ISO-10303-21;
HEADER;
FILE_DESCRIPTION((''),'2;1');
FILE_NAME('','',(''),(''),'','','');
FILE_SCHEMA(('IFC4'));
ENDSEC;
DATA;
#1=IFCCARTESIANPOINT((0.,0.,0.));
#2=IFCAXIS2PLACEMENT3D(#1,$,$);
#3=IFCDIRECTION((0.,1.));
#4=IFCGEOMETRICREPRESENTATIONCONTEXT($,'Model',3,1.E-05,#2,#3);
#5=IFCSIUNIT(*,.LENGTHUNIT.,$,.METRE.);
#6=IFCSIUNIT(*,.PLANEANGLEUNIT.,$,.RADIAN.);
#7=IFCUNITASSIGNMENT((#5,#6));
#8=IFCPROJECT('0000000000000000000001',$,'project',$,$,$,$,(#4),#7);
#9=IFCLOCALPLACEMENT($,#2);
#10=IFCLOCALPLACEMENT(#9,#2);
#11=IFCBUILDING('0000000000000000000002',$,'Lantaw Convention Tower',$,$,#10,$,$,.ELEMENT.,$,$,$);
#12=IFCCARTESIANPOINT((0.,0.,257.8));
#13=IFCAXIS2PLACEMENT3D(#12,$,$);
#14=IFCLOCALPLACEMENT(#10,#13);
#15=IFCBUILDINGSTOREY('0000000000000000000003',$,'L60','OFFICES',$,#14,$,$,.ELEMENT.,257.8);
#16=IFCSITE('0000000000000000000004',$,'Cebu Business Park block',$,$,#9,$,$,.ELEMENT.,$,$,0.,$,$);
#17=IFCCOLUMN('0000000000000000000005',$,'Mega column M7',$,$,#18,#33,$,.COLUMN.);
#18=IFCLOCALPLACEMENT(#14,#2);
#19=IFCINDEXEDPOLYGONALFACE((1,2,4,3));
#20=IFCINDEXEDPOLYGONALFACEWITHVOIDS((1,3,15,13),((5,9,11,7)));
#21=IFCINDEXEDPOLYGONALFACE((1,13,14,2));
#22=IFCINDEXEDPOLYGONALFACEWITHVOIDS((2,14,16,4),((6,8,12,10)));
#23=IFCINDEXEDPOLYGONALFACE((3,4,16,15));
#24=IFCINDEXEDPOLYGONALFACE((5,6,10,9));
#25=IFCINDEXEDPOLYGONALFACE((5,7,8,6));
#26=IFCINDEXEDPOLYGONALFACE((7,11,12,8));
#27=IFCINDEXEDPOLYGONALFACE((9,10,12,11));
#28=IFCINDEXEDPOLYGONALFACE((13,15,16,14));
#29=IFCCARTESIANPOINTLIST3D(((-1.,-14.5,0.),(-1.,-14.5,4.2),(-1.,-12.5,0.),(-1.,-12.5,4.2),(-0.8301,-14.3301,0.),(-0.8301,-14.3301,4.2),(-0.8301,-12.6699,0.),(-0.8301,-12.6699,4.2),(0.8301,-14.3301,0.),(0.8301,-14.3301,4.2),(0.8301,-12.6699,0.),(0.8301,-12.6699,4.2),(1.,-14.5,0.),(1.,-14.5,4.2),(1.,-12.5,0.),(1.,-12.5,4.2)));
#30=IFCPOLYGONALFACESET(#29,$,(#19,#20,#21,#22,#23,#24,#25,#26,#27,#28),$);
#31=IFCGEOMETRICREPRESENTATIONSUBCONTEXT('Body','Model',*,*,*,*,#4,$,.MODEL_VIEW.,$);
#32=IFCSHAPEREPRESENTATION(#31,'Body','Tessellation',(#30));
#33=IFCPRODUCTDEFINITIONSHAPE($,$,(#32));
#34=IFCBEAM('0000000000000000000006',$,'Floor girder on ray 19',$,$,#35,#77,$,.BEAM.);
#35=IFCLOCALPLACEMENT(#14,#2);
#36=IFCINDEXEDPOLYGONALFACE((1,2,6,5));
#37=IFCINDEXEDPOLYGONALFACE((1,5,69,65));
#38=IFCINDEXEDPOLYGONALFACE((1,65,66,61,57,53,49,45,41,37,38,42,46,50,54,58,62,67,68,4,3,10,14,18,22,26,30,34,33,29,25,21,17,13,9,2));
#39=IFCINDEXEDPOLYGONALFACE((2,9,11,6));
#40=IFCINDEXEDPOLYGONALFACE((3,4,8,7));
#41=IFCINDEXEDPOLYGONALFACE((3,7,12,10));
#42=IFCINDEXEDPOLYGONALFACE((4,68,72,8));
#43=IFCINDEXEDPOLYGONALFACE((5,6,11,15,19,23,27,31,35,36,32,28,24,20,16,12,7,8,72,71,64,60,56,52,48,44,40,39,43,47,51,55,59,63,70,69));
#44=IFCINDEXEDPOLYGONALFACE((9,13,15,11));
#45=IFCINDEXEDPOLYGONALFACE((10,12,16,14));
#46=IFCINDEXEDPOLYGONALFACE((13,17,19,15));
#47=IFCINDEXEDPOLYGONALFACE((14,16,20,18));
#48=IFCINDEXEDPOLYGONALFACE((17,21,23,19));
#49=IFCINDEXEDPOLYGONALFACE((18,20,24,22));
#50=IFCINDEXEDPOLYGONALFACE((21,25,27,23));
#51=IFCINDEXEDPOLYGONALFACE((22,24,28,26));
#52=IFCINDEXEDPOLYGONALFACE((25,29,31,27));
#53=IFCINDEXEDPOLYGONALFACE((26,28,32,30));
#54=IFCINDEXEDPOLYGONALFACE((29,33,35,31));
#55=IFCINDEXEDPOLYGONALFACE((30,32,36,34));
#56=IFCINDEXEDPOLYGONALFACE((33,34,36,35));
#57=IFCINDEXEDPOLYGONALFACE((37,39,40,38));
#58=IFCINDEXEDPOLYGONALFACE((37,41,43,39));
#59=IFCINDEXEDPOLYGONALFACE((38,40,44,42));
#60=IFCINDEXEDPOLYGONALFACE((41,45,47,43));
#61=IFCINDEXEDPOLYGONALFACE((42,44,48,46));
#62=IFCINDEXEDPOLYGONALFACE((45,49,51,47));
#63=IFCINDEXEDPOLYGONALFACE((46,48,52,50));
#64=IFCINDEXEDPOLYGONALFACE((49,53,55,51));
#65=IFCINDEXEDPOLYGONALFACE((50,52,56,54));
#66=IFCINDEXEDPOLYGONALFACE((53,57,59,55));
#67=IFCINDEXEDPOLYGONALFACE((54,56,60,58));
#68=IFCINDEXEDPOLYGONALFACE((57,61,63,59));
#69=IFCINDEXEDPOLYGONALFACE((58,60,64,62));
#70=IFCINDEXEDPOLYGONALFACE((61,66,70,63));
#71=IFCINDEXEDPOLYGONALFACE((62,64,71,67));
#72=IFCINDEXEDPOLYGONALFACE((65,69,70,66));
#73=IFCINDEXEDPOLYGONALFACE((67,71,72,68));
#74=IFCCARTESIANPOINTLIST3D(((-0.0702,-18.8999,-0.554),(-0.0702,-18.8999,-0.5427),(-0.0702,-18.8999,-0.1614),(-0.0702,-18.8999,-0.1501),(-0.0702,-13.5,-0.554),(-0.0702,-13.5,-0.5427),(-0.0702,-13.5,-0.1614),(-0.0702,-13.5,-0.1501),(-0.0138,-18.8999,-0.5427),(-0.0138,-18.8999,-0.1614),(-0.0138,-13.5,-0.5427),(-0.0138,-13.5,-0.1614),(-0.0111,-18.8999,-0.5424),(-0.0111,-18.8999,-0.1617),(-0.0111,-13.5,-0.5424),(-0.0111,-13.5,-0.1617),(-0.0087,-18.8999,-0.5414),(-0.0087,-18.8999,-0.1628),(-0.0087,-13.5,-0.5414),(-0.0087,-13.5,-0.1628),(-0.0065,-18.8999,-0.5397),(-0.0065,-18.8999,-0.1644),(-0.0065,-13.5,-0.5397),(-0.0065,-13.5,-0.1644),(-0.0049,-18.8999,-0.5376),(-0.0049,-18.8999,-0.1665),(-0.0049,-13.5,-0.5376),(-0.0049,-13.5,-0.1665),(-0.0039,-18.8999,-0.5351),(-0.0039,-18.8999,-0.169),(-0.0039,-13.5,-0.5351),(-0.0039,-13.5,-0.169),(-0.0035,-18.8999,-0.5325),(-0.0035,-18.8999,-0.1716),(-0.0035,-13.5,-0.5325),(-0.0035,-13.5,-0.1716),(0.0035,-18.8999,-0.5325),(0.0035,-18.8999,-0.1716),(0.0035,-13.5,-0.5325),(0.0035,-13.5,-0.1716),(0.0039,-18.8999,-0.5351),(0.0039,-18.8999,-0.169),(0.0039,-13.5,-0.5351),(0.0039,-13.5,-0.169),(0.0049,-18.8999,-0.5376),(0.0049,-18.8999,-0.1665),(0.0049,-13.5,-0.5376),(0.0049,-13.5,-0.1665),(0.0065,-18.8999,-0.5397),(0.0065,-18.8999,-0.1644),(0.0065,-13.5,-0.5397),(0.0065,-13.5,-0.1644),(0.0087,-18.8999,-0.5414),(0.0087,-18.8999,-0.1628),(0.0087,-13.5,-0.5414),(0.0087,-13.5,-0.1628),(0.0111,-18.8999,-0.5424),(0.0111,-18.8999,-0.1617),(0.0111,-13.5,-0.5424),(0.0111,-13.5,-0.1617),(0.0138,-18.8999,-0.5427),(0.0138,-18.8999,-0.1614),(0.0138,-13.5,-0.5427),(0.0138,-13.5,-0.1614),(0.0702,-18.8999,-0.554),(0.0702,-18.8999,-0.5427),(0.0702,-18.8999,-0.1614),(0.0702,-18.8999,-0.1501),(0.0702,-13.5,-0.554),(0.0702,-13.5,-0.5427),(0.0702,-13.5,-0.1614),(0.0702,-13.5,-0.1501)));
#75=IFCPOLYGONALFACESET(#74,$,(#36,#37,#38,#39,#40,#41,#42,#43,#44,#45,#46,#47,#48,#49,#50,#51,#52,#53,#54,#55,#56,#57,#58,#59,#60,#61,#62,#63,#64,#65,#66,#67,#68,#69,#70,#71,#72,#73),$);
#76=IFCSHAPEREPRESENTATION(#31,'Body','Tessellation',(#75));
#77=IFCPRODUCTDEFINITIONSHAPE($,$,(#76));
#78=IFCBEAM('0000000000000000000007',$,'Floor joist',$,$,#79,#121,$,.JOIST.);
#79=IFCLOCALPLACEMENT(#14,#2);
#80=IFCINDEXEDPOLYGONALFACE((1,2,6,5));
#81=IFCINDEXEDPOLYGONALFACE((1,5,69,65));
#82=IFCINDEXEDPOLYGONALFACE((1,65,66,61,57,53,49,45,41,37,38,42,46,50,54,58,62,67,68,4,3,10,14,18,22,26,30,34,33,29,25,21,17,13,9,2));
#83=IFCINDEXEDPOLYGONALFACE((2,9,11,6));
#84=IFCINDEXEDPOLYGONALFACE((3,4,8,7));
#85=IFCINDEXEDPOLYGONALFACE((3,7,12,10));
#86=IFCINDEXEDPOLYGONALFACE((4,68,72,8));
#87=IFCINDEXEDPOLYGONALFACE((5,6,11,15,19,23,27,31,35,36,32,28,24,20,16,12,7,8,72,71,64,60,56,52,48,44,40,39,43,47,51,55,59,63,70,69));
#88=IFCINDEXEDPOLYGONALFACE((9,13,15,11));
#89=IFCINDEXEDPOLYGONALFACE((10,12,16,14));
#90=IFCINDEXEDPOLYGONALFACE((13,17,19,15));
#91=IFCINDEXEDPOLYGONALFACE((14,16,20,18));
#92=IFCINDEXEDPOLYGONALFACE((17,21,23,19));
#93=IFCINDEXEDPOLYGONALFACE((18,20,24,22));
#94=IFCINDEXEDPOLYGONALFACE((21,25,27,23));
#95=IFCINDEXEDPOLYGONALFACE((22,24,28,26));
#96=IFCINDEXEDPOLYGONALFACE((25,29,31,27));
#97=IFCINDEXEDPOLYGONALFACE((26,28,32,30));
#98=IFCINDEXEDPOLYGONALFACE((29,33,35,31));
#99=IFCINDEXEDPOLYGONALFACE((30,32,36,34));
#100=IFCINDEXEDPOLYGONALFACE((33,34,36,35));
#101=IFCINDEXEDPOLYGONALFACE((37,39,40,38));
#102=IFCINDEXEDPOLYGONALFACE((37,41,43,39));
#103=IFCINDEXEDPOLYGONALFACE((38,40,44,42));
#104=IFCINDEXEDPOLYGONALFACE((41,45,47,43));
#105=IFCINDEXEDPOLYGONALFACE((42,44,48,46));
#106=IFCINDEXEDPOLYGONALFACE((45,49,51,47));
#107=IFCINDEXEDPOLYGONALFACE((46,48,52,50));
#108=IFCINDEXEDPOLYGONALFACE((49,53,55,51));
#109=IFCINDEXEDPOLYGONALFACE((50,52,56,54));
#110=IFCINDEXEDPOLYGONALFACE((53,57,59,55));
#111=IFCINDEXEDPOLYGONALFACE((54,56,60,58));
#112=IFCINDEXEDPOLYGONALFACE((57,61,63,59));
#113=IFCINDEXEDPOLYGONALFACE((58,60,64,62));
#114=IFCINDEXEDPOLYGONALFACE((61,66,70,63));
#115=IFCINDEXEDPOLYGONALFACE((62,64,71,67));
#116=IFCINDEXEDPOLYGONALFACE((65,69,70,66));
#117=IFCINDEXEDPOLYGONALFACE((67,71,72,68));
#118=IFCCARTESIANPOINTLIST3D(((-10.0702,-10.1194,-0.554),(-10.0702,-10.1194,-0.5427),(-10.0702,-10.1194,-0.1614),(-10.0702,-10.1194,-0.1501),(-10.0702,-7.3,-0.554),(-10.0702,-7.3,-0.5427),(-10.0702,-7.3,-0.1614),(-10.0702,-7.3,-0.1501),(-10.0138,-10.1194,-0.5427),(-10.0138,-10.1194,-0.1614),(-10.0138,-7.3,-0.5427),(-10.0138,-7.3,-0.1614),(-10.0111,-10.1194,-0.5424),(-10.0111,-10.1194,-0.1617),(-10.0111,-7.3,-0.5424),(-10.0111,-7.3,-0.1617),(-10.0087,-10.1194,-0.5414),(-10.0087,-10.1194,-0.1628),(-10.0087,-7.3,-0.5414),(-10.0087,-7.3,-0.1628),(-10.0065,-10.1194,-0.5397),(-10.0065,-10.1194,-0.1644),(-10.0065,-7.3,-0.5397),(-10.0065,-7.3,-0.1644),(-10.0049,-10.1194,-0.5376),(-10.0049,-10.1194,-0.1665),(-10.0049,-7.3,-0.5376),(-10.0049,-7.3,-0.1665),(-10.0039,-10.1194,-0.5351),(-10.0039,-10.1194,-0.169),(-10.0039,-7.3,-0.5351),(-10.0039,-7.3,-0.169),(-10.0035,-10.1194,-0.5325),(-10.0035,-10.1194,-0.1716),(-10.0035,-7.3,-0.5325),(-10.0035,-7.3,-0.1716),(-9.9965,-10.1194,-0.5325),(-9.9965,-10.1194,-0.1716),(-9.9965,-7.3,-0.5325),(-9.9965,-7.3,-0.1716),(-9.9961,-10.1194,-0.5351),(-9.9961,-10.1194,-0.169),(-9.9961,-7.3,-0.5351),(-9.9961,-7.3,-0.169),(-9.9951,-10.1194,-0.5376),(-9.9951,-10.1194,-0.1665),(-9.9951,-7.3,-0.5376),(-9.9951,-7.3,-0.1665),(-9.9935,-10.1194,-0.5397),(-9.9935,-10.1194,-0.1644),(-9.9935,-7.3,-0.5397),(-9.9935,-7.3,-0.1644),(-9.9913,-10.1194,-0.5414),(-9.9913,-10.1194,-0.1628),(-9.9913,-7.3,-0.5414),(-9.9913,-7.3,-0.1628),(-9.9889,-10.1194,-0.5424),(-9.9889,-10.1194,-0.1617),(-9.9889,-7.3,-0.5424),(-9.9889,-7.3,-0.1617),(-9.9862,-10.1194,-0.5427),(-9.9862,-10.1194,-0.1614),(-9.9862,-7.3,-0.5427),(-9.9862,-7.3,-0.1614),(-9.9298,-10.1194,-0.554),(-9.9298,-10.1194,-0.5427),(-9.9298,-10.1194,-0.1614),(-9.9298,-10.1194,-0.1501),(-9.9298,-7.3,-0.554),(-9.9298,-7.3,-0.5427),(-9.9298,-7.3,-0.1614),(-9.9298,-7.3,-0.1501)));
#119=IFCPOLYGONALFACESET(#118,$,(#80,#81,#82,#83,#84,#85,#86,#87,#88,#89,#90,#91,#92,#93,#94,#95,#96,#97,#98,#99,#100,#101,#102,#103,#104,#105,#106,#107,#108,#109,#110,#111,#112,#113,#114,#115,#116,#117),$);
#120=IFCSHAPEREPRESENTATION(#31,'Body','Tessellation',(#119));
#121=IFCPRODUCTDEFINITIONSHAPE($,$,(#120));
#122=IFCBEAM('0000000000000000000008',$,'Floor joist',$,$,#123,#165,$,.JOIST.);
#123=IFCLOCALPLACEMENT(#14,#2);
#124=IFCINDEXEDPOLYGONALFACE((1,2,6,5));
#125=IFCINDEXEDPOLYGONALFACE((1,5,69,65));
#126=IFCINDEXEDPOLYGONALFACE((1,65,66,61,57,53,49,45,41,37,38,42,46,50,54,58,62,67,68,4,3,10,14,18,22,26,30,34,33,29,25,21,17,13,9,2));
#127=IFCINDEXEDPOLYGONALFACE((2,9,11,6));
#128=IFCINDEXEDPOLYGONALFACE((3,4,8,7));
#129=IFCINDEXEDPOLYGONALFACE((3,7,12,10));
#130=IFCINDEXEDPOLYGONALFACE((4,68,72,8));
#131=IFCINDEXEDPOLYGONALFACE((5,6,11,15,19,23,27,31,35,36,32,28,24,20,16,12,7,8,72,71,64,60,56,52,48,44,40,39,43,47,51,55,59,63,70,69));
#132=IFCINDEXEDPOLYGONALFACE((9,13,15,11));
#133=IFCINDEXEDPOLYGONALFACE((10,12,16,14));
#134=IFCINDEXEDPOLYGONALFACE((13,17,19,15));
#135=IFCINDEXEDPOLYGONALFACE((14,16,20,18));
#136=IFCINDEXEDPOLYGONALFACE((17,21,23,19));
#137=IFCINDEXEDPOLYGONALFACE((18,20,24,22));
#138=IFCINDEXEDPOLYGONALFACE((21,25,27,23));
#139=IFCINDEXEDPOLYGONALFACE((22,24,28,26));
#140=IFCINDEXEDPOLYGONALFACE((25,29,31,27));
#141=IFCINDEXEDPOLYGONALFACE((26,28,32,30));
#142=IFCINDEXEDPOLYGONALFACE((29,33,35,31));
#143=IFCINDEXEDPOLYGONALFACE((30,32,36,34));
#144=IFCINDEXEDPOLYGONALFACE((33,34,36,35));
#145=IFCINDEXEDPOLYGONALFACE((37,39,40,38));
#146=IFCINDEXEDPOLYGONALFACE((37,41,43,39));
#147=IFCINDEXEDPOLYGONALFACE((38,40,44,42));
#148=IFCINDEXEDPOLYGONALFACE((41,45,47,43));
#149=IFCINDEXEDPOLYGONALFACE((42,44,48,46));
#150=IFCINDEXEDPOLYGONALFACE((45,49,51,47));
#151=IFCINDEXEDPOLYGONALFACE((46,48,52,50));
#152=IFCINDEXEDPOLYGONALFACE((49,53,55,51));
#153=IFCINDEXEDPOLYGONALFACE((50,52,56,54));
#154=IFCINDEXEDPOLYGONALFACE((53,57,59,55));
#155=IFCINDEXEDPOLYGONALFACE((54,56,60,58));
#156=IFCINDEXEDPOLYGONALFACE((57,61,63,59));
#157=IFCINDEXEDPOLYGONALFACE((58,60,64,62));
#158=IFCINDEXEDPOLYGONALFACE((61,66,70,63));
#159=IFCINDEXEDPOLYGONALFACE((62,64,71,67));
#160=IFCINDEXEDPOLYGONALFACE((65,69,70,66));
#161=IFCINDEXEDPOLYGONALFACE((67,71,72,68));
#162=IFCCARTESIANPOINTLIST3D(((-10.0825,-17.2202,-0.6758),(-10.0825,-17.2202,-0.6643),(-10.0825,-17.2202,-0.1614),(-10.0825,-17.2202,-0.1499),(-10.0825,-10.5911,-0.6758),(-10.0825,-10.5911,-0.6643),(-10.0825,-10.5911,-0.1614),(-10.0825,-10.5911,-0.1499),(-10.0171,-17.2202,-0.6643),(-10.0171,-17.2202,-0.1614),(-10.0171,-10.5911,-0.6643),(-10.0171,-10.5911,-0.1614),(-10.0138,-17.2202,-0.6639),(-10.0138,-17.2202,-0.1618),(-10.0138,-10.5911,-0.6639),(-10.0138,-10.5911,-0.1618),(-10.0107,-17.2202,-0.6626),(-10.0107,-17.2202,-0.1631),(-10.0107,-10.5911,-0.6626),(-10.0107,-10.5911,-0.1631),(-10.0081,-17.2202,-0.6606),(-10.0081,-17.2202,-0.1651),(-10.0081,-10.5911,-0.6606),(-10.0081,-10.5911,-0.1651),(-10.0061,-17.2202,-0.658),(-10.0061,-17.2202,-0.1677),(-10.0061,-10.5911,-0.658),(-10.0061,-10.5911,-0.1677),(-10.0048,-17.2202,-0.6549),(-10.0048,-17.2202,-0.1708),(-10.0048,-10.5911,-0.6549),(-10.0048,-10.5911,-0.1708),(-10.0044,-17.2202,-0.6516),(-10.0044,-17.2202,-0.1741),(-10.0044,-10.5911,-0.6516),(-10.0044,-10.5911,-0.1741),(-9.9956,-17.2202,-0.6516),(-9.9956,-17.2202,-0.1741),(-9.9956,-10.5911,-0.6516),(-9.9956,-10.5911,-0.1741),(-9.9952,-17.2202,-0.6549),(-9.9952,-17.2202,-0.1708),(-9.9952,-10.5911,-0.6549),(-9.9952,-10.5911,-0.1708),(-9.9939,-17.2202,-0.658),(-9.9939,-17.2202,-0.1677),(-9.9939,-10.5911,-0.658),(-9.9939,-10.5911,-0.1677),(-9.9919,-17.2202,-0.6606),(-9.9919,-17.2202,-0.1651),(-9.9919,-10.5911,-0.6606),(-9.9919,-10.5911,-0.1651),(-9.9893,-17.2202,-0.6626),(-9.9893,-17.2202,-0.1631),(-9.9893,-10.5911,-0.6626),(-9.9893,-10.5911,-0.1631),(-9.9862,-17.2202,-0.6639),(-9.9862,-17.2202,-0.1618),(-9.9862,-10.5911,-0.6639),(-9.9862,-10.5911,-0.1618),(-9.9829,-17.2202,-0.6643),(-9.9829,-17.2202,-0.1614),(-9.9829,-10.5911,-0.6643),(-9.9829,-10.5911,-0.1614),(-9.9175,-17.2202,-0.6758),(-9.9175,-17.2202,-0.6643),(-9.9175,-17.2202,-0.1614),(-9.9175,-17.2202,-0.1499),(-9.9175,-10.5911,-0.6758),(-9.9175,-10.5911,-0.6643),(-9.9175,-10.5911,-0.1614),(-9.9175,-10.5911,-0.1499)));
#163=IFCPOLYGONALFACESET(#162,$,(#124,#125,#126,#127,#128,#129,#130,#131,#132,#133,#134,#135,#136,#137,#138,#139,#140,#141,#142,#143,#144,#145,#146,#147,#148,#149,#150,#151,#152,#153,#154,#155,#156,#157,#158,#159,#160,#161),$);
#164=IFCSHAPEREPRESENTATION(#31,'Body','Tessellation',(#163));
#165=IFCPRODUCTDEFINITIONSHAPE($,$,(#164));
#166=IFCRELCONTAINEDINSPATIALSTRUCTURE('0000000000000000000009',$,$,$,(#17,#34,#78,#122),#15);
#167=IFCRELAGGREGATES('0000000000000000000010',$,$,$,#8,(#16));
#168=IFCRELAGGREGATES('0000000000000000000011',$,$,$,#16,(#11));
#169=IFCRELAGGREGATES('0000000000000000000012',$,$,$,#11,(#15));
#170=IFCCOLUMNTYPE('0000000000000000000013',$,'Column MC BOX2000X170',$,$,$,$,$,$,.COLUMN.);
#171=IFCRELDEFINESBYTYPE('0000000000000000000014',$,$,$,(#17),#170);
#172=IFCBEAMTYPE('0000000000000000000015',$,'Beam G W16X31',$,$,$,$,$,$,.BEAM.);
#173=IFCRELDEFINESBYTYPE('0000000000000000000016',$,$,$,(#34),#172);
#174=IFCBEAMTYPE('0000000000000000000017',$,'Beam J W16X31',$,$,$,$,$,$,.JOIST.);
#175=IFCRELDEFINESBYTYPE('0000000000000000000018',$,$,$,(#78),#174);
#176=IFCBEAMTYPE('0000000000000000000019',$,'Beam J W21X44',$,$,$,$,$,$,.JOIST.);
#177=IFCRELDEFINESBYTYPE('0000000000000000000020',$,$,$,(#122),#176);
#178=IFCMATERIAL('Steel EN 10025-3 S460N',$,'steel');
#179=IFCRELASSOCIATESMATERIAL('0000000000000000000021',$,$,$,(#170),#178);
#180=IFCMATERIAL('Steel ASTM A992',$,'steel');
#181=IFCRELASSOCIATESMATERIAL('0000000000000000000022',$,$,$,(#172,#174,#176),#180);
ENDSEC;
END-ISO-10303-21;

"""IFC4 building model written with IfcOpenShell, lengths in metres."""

from ifc_helpers import new_model, si_unit, direction, frame, origin, origin_2d, place, context, subcontext, project, spatial, rectangle, hollow_rectangle, i_section, extrude, material, material_profile, profile_set, type_object, element, save


model = new_model("IFC4")

# Units and contexts
model_context = context("Model", 3, precision=1e-05, world=origin(), true_north=direction((0.0, 1.0)))
body_context = subcontext(model_context, "Body", "Model", "MODEL_VIEW")
ifc_project = project(units=[si_unit("LENGTHUNIT", "METRE"), si_unit("PLANEANGLEUNIT", "RADIAN")], contexts=[model_context])

# Site, building, storey
site_placement = place(None, origin())
site = spatial("IfcSite", under=ifc_project, at=site_placement, Name="Cebu Business Park block", CompositionType="ELEMENT", RefElevation=0.0)
building_placement = place(site_placement, origin())
building = spatial("IfcBuilding", under=site, at=building_placement, Name="Lantaw Convention Tower", CompositionType="ELEMENT")
storey_placement = place(building_placement, frame((0.0, 0.0, 257.8)))
storey = spatial("IfcBuildingStorey", under=building, at=storey_placement, Name="L60", Description="OFFICES", CompositionType="ELEMENT", Elevation=257.8)

# Column
ifc_material_1 = material(Name="Steel EN 10025-3 S460N", Category="steel")
ifc_material_profile_1 = material_profile(ifc_material_1, hollow_rectangle(XDim=2.0, YDim=2.0, WallThickness=0.1699, at=origin_2d()), Name="BOX2000X170")
ifc_material_2 = material(Name="Concrete C60/75", Category="concrete")
ifc_material_profile_2 = material_profile(ifc_material_2, rectangle(XDim=1.6599, YDim=1.6599, at=origin_2d()), Name="Concrete fill of BOX2000X170")
ifc_profile_set_1 = profile_set([ifc_material_profile_1, ifc_material_profile_2], Name="Steel EN 10025-3 S460N")
column_type = type_object("IfcColumnType", Name="Column MC BOX2000X170", PredefinedType="COLUMN", material=ifc_profile_set_1)
column_placement = place(storey_placement, frame((0.0, -13.5, 0.0), z_axis=(0.0, 0.0, 1.0), x_axis=(1.0, 0.0, 0.0)))
element("IfcColumn", 1, at=column_placement, inside=storey, type_object=column_type, Name="Mega column M7", PredefinedType="COLUMN", context=body_context, shape_type="SweptSolid", body=[
    extrude(hollow_rectangle(XDim=2.0, YDim=2.0, WallThickness=0.1699, at=origin_2d()), origin(), (0.0, 0.0, 1.0), 4.2),
])

# Beams
ifc_material_3 = material(Name="Steel ASTM A992", Category="steel")
ifc_material_profile_3 = material_profile(ifc_material_3, i_section(OverallWidth=0.1404, OverallDepth=0.4038, WebThickness=0.0071, FlangeThickness=0.0112, FilletRadius=0.0103, at=origin_2d()), Name="W16X31")
ifc_profile_set_2 = profile_set([ifc_material_profile_3], Name="Steel ASTM A992")
beam_type_1 = type_object("IfcBeamType", Name="Beam G W16X31", PredefinedType="BEAM", material=ifc_profile_set_2)
beam_1_placement = place(storey_placement, frame((0.0, -13.5, -0.3521), z_axis=(0.0, -1.0, 0.0), x_axis=(1.0, 0.0, 0.0)))
element("IfcBeam", 2, at=beam_1_placement, inside=storey, type_object=beam_type_1, Name="Floor girder on ray 19", PredefinedType="BEAM", context=body_context, shape_type="SweptSolid", body=[
    extrude(i_section(OverallWidth=0.1404, OverallDepth=0.4038, WebThickness=0.0071, FlangeThickness=0.0112, FilletRadius=0.0103, at=origin_2d()), origin(), (0.0, 0.0, 1.0), 5.3999),
])
ifc_material_profile_4 = material_profile(ifc_material_3, i_section(OverallWidth=0.1404, OverallDepth=0.4038, WebThickness=0.0071, FlangeThickness=0.0112, FilletRadius=0.0103, at=origin_2d()), Name="W16X31")
ifc_profile_set_3 = profile_set([ifc_material_profile_4], Name="Steel ASTM A992")
beam_type_2 = type_object("IfcBeamType", Name="Beam J W16X31", PredefinedType="JOIST", material=ifc_profile_set_3)
beam_2_placement = place(storey_placement, frame((-10.0, -10.1194, -0.3521), z_axis=(0.0, 1.0, 0.0), x_axis=(-1.0, 0.0, 0.0)))
element("IfcBeam", 3, at=beam_2_placement, inside=storey, type_object=beam_type_2, Name="Floor joist", PredefinedType="JOIST", context=body_context, shape_type="SweptSolid", body=[
    extrude(i_section(OverallWidth=0.1404, OverallDepth=0.4038, WebThickness=0.0071, FlangeThickness=0.0112, FilletRadius=0.0103, at=origin_2d()), origin(), (0.0, 0.0, 1.0), 2.8193),
])
ifc_material_profile_5 = material_profile(ifc_material_3, i_section(OverallWidth=0.165, OverallDepth=0.5259, WebThickness=0.0088, FlangeThickness=0.0115, FilletRadius=0.0127, at=origin_2d()), Name="W21X44")
ifc_profile_set_4 = profile_set([ifc_material_profile_5], Name="Steel ASTM A992")
beam_type_3 = type_object("IfcBeamType", Name="Beam J W21X44", PredefinedType="JOIST", material=ifc_profile_set_4)
beam_3_placement = place(storey_placement, frame((-10.0, -17.2202, -0.4128), z_axis=(0.0, 1.0, 0.0), x_axis=(-1.0, 0.0, 0.0)))
element("IfcBeam", 4, at=beam_3_placement, inside=storey, type_object=beam_type_3, Name="Floor joist", PredefinedType="JOIST", context=body_context, shape_type="SweptSolid", body=[
    extrude(i_section(OverallWidth=0.165, OverallDepth=0.5259, WebThickness=0.0088, FlangeThickness=0.0115, FilletRadius=0.0127, at=origin_2d()), origin(), (0.0, 0.0, 1.0), 6.6292),
])

save(model, "model.ifc")
